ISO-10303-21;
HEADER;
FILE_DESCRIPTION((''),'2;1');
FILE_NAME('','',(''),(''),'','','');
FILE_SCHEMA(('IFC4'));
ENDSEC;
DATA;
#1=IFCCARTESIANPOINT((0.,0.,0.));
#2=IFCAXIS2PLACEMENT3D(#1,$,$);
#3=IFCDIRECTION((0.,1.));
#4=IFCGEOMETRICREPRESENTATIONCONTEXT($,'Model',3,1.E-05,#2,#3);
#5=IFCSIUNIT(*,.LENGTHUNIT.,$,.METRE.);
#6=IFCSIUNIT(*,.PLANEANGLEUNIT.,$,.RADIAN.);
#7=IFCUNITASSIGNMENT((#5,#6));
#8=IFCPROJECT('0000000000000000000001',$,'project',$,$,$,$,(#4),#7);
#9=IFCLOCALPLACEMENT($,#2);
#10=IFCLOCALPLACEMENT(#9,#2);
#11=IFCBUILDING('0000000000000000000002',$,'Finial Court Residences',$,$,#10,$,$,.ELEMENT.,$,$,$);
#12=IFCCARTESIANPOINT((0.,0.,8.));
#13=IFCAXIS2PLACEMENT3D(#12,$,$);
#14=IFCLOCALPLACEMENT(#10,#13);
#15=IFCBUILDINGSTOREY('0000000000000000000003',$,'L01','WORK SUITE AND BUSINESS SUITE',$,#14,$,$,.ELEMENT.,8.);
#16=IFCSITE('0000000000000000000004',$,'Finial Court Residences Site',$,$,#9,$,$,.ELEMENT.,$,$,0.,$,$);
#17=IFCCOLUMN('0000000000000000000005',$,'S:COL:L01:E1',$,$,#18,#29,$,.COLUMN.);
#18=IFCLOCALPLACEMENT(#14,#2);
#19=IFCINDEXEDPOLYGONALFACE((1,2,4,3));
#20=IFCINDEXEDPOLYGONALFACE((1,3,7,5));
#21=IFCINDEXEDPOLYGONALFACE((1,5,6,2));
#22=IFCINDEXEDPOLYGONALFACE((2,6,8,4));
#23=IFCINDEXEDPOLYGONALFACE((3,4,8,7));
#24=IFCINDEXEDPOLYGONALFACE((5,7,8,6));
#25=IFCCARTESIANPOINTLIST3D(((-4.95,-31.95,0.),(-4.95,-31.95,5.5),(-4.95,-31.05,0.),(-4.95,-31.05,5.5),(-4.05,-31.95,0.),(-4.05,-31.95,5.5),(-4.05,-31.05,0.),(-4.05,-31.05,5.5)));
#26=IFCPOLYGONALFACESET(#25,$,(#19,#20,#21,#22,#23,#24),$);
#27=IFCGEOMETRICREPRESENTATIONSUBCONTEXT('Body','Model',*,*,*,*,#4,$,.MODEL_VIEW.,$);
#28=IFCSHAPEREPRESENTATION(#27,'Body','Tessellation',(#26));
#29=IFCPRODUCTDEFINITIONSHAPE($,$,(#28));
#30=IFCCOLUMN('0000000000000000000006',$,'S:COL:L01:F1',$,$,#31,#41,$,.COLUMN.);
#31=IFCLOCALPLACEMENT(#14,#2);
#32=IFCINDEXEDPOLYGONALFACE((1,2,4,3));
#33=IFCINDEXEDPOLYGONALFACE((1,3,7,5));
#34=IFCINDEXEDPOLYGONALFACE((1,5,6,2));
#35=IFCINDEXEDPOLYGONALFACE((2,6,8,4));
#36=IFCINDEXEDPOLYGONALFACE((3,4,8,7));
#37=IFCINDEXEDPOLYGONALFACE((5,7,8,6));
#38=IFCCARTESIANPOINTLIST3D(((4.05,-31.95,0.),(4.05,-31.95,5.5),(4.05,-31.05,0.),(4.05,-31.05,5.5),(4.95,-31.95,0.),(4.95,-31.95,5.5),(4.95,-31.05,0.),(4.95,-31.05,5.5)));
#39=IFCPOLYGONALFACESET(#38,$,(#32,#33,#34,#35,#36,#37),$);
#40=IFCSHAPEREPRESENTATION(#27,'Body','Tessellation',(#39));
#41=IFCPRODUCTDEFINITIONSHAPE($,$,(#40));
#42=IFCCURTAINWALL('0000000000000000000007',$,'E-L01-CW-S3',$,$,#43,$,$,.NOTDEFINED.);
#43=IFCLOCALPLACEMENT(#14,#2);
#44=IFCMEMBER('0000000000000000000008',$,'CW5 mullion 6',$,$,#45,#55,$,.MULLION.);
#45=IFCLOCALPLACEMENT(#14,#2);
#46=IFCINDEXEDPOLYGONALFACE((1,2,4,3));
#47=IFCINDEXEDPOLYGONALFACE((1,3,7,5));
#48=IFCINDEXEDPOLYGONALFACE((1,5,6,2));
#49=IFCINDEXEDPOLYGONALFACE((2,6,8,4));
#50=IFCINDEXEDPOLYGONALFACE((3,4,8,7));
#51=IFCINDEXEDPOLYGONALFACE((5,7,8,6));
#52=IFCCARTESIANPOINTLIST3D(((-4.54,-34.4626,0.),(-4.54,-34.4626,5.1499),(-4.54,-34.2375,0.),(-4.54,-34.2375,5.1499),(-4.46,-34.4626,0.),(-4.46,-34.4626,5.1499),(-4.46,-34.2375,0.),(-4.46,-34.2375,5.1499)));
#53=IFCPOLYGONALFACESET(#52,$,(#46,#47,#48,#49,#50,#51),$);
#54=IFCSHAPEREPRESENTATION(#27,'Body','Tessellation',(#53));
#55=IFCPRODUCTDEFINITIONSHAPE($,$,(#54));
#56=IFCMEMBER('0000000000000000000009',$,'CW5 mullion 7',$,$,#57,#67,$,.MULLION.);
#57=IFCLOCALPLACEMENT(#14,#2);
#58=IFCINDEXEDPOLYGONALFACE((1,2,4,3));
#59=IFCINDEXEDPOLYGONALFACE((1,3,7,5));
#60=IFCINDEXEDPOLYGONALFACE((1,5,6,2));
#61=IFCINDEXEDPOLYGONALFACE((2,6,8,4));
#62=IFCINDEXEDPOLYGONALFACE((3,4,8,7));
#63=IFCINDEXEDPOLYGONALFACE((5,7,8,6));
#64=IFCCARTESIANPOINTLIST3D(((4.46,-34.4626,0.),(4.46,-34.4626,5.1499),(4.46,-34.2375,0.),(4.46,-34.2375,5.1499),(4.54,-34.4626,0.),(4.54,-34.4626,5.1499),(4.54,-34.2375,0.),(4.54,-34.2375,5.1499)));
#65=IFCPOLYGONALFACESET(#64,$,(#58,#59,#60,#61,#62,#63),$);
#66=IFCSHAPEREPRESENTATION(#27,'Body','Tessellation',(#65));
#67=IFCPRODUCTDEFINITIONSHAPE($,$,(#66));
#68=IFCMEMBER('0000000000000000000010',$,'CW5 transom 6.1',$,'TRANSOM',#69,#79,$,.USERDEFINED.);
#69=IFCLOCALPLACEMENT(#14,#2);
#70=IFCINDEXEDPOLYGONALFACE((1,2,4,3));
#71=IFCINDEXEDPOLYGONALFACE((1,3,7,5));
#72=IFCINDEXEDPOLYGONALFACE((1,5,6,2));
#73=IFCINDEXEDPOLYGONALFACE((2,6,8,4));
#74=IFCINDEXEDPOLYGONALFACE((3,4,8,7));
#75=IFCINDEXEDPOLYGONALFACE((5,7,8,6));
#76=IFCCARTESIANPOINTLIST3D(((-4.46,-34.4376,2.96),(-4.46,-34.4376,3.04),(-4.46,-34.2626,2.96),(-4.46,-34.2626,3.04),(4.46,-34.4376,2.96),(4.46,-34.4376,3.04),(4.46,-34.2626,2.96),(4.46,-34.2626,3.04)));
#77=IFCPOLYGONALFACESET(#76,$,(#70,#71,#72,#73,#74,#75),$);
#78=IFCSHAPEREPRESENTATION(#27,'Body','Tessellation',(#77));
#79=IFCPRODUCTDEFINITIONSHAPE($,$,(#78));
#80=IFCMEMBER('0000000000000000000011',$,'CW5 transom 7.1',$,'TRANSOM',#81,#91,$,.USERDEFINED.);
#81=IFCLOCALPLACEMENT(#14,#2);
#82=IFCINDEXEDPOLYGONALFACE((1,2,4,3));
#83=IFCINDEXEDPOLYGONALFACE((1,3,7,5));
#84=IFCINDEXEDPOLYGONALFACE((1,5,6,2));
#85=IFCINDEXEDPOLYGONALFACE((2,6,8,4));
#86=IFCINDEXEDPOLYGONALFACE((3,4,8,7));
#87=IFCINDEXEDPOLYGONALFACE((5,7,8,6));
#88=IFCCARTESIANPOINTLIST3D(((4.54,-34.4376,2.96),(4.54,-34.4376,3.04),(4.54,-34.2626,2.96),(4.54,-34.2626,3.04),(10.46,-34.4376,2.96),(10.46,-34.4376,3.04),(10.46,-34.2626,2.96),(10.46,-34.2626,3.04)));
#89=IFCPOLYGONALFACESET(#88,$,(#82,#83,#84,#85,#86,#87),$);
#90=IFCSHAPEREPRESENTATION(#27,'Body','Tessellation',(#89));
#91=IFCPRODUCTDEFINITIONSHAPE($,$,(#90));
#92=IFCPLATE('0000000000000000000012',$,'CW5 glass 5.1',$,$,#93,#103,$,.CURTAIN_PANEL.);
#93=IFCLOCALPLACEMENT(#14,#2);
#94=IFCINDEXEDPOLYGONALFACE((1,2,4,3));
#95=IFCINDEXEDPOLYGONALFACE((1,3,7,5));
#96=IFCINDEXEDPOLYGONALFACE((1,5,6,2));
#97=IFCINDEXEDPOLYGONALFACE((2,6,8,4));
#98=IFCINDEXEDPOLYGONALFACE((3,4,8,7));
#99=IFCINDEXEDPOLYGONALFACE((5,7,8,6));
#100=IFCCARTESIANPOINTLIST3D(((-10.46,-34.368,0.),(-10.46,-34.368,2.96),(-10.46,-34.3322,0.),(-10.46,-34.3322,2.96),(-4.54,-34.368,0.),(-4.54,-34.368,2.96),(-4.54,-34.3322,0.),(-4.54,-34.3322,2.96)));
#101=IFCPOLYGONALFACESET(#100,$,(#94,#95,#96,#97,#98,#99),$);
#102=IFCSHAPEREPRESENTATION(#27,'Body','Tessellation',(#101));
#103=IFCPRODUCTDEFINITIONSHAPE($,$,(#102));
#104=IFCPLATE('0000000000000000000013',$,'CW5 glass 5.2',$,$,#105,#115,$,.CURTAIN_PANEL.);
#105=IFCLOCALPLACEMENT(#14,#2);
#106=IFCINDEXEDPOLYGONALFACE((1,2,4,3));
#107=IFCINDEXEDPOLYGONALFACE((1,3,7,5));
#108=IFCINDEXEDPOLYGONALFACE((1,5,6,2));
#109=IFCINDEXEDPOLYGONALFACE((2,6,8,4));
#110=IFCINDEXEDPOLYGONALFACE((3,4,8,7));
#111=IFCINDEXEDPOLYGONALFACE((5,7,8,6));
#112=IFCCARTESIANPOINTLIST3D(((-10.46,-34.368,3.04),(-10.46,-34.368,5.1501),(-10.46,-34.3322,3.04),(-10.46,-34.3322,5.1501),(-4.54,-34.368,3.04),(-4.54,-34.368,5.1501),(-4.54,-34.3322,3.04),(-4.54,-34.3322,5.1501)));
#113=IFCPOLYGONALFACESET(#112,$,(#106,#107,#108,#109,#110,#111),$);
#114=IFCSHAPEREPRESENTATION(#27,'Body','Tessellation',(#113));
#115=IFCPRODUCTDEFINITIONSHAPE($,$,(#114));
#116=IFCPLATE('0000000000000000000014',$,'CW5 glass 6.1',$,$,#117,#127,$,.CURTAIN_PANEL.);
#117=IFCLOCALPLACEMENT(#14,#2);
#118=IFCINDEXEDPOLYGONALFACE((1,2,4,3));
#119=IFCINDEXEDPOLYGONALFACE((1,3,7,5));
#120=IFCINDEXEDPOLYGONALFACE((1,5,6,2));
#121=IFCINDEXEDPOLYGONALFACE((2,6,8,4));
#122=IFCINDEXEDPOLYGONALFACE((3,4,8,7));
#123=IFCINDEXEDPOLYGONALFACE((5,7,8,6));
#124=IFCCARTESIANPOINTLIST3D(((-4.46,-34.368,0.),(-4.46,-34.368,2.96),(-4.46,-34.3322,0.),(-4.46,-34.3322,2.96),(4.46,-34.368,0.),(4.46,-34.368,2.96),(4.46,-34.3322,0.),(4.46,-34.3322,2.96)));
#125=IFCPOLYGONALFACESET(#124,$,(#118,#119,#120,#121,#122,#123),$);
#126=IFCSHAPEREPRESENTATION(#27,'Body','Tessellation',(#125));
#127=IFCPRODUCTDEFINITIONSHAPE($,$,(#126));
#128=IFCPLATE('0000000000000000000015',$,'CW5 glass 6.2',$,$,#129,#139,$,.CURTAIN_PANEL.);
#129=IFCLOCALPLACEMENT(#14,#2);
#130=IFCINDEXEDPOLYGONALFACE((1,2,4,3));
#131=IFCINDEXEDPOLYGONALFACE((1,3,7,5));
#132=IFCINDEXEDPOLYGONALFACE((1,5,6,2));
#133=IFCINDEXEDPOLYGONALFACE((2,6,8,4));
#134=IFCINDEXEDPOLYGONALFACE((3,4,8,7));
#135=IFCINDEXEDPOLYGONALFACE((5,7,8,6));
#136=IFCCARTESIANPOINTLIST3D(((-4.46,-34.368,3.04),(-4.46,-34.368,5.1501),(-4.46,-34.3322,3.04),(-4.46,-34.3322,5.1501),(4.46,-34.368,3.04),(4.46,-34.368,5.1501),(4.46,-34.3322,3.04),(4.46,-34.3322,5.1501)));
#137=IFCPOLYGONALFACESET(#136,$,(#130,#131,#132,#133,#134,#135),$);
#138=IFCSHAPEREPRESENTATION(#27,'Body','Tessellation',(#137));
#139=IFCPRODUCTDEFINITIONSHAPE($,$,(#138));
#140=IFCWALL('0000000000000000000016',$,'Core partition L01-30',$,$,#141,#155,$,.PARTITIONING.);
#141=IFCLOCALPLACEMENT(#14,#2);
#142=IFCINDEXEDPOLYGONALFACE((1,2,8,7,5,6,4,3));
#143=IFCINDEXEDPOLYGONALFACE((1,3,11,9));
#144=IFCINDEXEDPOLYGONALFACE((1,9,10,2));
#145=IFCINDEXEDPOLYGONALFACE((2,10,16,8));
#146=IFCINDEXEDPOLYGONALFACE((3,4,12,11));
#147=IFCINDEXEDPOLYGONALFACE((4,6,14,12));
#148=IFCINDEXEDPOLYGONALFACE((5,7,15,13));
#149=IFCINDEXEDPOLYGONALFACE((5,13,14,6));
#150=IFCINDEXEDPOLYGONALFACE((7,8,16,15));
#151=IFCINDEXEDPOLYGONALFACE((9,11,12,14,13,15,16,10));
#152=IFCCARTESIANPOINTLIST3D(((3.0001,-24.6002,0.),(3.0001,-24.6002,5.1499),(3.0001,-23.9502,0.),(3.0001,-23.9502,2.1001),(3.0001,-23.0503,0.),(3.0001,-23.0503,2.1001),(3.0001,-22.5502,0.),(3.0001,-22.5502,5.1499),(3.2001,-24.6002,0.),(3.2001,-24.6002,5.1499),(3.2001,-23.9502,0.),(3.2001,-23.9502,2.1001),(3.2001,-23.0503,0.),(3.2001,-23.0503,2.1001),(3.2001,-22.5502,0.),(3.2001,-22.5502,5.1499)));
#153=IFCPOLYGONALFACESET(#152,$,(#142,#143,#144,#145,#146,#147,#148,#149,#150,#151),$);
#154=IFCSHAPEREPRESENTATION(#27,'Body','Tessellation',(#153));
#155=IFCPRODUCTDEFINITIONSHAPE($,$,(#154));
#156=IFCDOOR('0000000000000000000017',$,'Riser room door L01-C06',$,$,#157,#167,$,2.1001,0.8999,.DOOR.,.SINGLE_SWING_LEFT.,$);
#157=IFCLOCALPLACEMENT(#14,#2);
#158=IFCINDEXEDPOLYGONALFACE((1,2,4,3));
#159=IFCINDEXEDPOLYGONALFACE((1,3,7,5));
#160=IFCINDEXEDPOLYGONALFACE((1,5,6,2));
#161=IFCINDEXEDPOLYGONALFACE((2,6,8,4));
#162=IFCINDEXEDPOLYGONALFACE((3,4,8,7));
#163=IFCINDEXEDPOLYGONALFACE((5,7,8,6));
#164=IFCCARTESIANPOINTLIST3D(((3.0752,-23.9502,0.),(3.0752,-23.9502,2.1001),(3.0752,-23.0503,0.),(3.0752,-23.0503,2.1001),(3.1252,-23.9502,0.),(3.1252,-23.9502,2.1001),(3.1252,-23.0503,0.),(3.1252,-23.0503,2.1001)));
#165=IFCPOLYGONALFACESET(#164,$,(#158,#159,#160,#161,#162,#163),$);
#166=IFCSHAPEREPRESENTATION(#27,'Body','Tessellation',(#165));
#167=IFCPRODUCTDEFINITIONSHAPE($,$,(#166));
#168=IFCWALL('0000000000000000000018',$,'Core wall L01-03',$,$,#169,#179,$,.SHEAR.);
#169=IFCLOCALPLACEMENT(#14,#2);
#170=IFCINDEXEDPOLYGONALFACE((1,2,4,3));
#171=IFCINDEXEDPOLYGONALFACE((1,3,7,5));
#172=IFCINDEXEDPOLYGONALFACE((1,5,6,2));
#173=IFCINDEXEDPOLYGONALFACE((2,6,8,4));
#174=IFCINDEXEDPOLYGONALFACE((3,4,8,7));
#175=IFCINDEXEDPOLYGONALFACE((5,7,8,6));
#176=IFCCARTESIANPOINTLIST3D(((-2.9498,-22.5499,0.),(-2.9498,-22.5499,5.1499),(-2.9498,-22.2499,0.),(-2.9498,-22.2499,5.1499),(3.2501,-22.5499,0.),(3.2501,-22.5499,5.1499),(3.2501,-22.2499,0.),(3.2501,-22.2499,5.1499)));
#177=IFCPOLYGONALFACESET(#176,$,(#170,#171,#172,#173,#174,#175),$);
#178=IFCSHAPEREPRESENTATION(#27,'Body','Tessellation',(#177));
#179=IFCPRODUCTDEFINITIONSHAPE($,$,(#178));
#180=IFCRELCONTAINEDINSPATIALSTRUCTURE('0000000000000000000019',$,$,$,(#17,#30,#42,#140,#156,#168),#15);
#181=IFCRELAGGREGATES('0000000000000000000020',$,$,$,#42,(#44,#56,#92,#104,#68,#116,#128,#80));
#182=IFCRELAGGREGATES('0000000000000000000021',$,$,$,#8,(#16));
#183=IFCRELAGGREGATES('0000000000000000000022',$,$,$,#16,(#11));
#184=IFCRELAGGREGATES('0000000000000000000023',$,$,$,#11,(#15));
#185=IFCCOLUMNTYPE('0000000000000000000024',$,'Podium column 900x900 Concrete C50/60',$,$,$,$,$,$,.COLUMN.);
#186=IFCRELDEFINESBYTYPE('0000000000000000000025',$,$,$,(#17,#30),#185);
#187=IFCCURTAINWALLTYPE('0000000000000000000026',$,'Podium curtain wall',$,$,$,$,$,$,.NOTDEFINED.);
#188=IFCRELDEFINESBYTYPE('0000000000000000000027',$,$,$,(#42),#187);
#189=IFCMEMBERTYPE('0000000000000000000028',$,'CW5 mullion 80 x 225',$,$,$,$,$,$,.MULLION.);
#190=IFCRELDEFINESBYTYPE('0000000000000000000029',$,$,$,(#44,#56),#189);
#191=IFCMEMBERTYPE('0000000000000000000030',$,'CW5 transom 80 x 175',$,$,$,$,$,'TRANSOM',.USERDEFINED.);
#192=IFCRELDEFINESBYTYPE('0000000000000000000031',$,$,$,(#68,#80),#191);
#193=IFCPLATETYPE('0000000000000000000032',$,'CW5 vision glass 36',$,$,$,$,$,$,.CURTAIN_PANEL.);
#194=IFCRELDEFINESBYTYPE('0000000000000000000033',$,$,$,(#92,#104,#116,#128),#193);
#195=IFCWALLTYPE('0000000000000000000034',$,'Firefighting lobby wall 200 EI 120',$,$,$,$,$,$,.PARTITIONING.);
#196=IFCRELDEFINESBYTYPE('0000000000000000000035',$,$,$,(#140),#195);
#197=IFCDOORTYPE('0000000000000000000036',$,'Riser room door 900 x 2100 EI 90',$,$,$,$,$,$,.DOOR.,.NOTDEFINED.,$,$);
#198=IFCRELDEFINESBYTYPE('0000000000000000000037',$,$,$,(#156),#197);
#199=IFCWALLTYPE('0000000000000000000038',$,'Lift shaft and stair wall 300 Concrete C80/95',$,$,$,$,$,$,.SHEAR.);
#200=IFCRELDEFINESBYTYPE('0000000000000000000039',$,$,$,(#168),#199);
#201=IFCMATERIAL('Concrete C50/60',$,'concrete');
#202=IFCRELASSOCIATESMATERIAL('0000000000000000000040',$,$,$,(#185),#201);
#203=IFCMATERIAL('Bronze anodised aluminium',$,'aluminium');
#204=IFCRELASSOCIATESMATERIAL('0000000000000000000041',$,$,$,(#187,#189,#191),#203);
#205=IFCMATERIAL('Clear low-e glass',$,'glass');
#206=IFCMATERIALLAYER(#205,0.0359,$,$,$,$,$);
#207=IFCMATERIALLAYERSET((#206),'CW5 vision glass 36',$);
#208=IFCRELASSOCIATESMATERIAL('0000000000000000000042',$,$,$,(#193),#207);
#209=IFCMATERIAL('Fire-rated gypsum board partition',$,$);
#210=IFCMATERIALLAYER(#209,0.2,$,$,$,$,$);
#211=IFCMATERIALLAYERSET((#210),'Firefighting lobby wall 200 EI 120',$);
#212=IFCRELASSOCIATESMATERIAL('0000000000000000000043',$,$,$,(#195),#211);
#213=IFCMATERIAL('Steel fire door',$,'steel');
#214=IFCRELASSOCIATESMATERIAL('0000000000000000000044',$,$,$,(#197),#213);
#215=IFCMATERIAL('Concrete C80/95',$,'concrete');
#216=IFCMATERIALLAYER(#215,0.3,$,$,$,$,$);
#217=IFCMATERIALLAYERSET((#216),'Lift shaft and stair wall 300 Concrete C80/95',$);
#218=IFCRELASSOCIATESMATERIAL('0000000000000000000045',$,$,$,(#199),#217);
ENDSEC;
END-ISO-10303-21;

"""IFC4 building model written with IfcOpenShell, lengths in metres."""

from ifc_helpers import new_model, si_unit, direction, frame, frame_2d, origin, origin_2d, place, context, subcontext, project, spatial, rectangle, extrude, material, layer, layer_set, material_profile, profile_set, type_object, element, fill, aggregate, save


model = new_model("IFC4")

# Units and contexts
model_context = context("Model", 3, precision=1e-05, world=origin(), true_north=direction((0.0, 1.0)))
body_context = subcontext(model_context, "Body", "Model", "MODEL_VIEW")
ifc_project = project(units=[si_unit("LENGTHUNIT", "METRE"), si_unit("PLANEANGLEUNIT", "RADIAN")], contexts=[model_context])

# Site, building, storey
site_placement = place(None, origin())
site = spatial("IfcSite", under=ifc_project, at=site_placement, Name="Finial Court Residences Site", CompositionType="ELEMENT", RefElevation=0.0)
building_placement = place(site_placement, origin())
building = spatial("IfcBuilding", under=site, at=building_placement, Name="Finial Court Residences", CompositionType="ELEMENT")
storey_placement = place(building_placement, frame((0.0, 0.0, 8.0)))
storey = spatial("IfcBuildingStorey", under=building, at=storey_placement, Name="L01", Description="WORK SUITE AND BUSINESS SUITE", CompositionType="ELEMENT", Elevation=8.0)

# Columns
ifc_material_1 = material(Name="Concrete C50/60", Category="concrete")
ifc_material_profile_1 = material_profile(ifc_material_1, rectangle(XDim=0.8999, YDim=0.8999, at=origin_2d()), Name="900x900")
ifc_profile_set_1 = profile_set([ifc_material_profile_1], Name="Concrete C50/60")
column_type = type_object("IfcColumnType", Name="Podium column 900x900 Concrete C50/60", PredefinedType="COLUMN", material=ifc_profile_set_1)
for number, where, z_axis, x_axis, name in (
    (1, (-4.5, -31.5, 0.0), (0.0, 0.0, 1.0), (1.0, 0.0, 0.0), "S:COL:L01:E1"),
    (2, (4.5, -31.5, 0.0), (0.0, 0.0, 1.0), (1.0, 0.0, 0.0), "S:COL:L01:F1"),
):
    element("IfcColumn", number, at=place(storey_placement, frame(where, z_axis=z_axis, x_axis=x_axis)), inside=storey, type_object=column_type, Name=name, PredefinedType="COLUMN", context=body_context, shape_type="SweptSolid", body=[
        extrude(rectangle(XDim=0.8999, YDim=0.8999, at=origin_2d()), origin(), (0.0, 0.0, 1.0), 5.5),
    ])

# Curtain wall, members, plates
ifc_material_2 = material(Name="Bronze anodised aluminium", Category="aluminium")
curtain_wall_type = type_object("IfcCurtainWallType", Name="Podium curtain wall", PredefinedType="NOTDEFINED", material=ifc_material_2)
curtain_wall_placement = place(storey_placement, origin())
curtain_wall = element("IfcCurtainWall", 3, at=curtain_wall_placement, inside=storey, type_object=curtain_wall_type, Name="E-L01-CW-S3", PredefinedType="NOTDEFINED")
ifc_material_profile_2 = material_profile(ifc_material_2, rectangle(XDim=0.2251, YDim=0.0801, at=origin_2d()), Name="CW5 mullion 80 x 225")
ifc_profile_set_2 = profile_set([ifc_material_profile_2], Name="Bronze anodised aluminium")
member_type_1 = type_object("IfcMemberType", Name="CW5 mullion 80 x 225", PredefinedType="MULLION", material=ifc_profile_set_2)
member_1_placement = place(storey_placement, frame((-4.5, -34.3501, 0.0), z_axis=(0.0, 0.0, 1.0), x_axis=(0.0, 1.0, 0.0)))
member_1 = element("IfcMember", 4, at=member_1_placement, type_object=member_type_1, Name="CW5 mullion 6", PredefinedType="MULLION", context=body_context, shape_type="SweptSolid", body=[
    extrude(rectangle(XDim=0.2251, YDim=0.0801, at=origin_2d()), origin(), (0.0, 0.0, 1.0), 5.1499),
])
member_2_placement = place(storey_placement, frame((4.5, -34.3501, 0.0), z_axis=(0.0, 0.0, 1.0), x_axis=(0.0, 1.0, 0.0)))
member_2 = element("IfcMember", 5, at=member_2_placement, type_object=member_type_1, Name="CW5 mullion 7", PredefinedType="MULLION", context=body_context, shape_type="SweptSolid", body=[
    extrude(rectangle(XDim=0.2251, YDim=0.0801, at=origin_2d()), origin(), (0.0, 0.0, 1.0), 5.1499),
])
ifc_material_profile_3 = material_profile(ifc_material_2, rectangle(XDim=0.175, YDim=0.0801, at=origin_2d()), Name="CW5 transom 80 x 175")
ifc_profile_set_3 = profile_set([ifc_material_profile_3], Name="Bronze anodised aluminium")
member_type_2 = type_object("IfcMemberType", Name="CW5 transom 80 x 175", ElementType="TRANSOM", PredefinedType="USERDEFINED", material=ifc_profile_set_3)
member_3_placement = place(storey_placement, frame((-4.46, -34.3501, 3.0), z_axis=(1.0, 0.0, 0.0), x_axis=(0.0, 1.0, 0.0)))
member_3 = element("IfcMember", 6, at=member_3_placement, type_object=member_type_2, Name="CW5 transom 6.1", ObjectType="TRANSOM", PredefinedType="USERDEFINED", context=body_context, shape_type="SweptSolid", body=[
    extrude(rectangle(XDim=0.175, YDim=0.0801, at=origin_2d()), origin(), (0.0, 0.0, 1.0), 8.9199),
])
member_4_placement = place(storey_placement, frame((4.54, -34.3501, 3.0), z_axis=(1.0, 0.0, 0.0), x_axis=(0.0, 1.0, 0.0)))
member_4 = element("IfcMember", 7, at=member_4_placement, type_object=member_type_2, Name="CW5 transom 7.1", ObjectType="TRANSOM", PredefinedType="USERDEFINED", context=body_context, shape_type="SweptSolid", body=[
    extrude(rectangle(XDim=0.175, YDim=0.0801, at=origin_2d()), origin(), (0.0, 0.0, 1.0), 5.9199),
])
ifc_material_3 = material(Name="Clear low-e glass", Category="glass")
ifc_layer_1 = layer(ifc_material_3, 0.0359)
ifc_layer_set_1 = layer_set([ifc_layer_1], Name="CW5 vision glass 36")
plate_type = type_object("IfcPlateType", Name="CW5 vision glass 36", PredefinedType="CURTAIN_PANEL", material=ifc_layer_set_1)
plate_1_placement = place(storey_placement, frame((-7.5, -34.3501, 0.0), z_axis=(0.0, 0.0, 1.0), x_axis=(1.0, 0.0, 0.0)))
plate_1 = element("IfcPlate", 8, at=plate_1_placement, type_object=plate_type, Name="CW5 glass 5.1", PredefinedType="CURTAIN_PANEL", context=body_context, shape_type="SweptSolid", body=[
    extrude(rectangle(XDim=5.9199, YDim=0.0359, at=origin_2d()), origin(), (0.0, 0.0, 1.0), 2.96),
])
plate_2_placement = place(storey_placement, frame((-7.5, -34.3501, 3.04), z_axis=(0.0, 0.0, 1.0), x_axis=(1.0, 0.0, 0.0)))
plate_2 = element("IfcPlate", 9, at=plate_2_placement, type_object=plate_type, Name="CW5 glass 5.2", PredefinedType="CURTAIN_PANEL", context=body_context, shape_type="SweptSolid", body=[
    extrude(rectangle(XDim=5.9199, YDim=0.0359, at=origin_2d()), origin(), (0.0, 0.0, 1.0), 2.1101),
])
plate_3_placement = place(storey_placement, frame((0.0, -34.3501, 0.0), z_axis=(0.0, 0.0, 1.0), x_axis=(1.0, 0.0, 0.0)))
plate_3 = element("IfcPlate", 10, at=plate_3_placement, type_object=plate_type, Name="CW5 glass 6.1", PredefinedType="CURTAIN_PANEL", context=body_context, shape_type="SweptSolid", body=[
    extrude(rectangle(XDim=8.9199, YDim=0.0359, at=origin_2d()), origin(), (0.0, 0.0, 1.0), 2.96),
])
plate_4_placement = place(storey_placement, frame((0.0, -34.3501, 3.04), z_axis=(0.0, 0.0, 1.0), x_axis=(1.0, 0.0, 0.0)))
plate_4 = element("IfcPlate", 11, at=plate_4_placement, type_object=plate_type, Name="CW5 glass 6.2", PredefinedType="CURTAIN_PANEL", context=body_context, shape_type="SweptSolid", body=[
    extrude(rectangle(XDim=8.9199, YDim=0.0359, at=origin_2d()), origin(), (0.0, 0.0, 1.0), 2.1101),
])
aggregate(curtain_wall, [member_1, member_2, plate_1, plate_2, member_3, plate_3, plate_4, member_4])

# Wall, opening, door
ifc_material_4 = material(Name="Fire-rated gypsum board partition")
ifc_layer_2 = layer(ifc_material_4, 0.2)
ifc_layer_set_2 = layer_set([ifc_layer_2], Name="Firefighting lobby wall 200 EI 120")
wall_type_1 = type_object("IfcWallType", Name="Firefighting lobby wall 200 EI 120", PredefinedType="PARTITIONING", material=ifc_layer_set_2)
wall_1_placement = place(storey_placement, frame((3.1001, -24.6001, 0.0), z_axis=(0.0, 0.0, 1.0), x_axis=(0.0, 1.0, 0.0)))
wall_1 = element("IfcWall", 12, at=wall_1_placement, inside=storey, type_object=wall_type_1, Name="Core partition L01-30", PredefinedType="PARTITIONING", context=body_context, shape_type="SweptSolid", body=[
    extrude(rectangle(XDim=2.05, YDim=0.2, at=frame_2d((1.0249, 0.0))), origin(), (0.0, 0.0, 1.0), 5.1499),
])
opening_1_placement = place(wall_1_placement, frame((0.6499, 0.0, 0.0)))
opening_1 = element("IfcOpeningElement", 13, at=opening_1_placement, cuts=wall_1, PredefinedType="OPENING", context=body_context, shape_type="SweptSolid", body=[
    extrude(rectangle(XDim=0.8999, YDim=2.1001, at=frame_2d((0.45, 1.05))), frame((0.0, 0.1099, 0.0), z_axis=(0.0, -1.0, 0.0), x_axis=(1.0, 0.0, 0.0)), (0.0, 0.0, 1.0), 0.22),
])
ifc_material_5 = material(Name="Steel fire door", Category="steel")
door_type_1 = type_object("IfcDoorType", Name="Riser room door 900 x 2100 EI 90", OperationType="NOTDEFINED", PredefinedType="DOOR", material=ifc_material_5)
door_1_placement = place(opening_1_placement, origin())
door_1 = element("IfcDoor", 14, at=door_1_placement, inside=storey, type_object=door_type_1, Name="Riser room door L01-C06", OperationType="SINGLE_SWING_LEFT", OverallHeight=2.1001, OverallWidth=0.8999, PredefinedType="DOOR", context=body_context, shape_type="SweptSolid", body=[
    extrude(rectangle(XDim=0.8999, YDim=2.1001, at=frame_2d((0.45, 1.05))), frame((0.0, 0.0249, 0.0), z_axis=(0.0, -1.0, 0.0), x_axis=(1.0, 0.0, 0.0)), (0.0, 0.0, 1.0), 0.05),
])
fill(opening_1, door_1)

# Wall
ifc_material_6 = material(Name="Concrete C80/95", Category="concrete")
ifc_layer_3 = layer(ifc_material_6, 0.3)
ifc_layer_set_3 = layer_set([ifc_layer_3], Name="Lift shaft and stair wall 300 Concrete C80/95")
wall_type_2 = type_object("IfcWallType", Name="Lift shaft and stair wall 300 Concrete C80/95", PredefinedType="SHEAR", material=ifc_layer_set_3)
wall_2_placement = place(storey_placement, frame((-2.95, -22.3999, 0.0), z_axis=(0.0, 0.0, 1.0), x_axis=(1.0, 0.0, 0.0)))
element("IfcWall", 15, at=wall_2_placement, inside=storey, type_object=wall_type_2, Name="Core wall L01-03", PredefinedType="SHEAR", context=body_context, shape_type="SweptSolid", body=[
    extrude(rectangle(XDim=6.2, YDim=0.3, at=frame_2d((3.1001, 0.0))), origin(), (0.0, 0.0, 1.0), 5.1499),
])

save(model, "model.ifc")
